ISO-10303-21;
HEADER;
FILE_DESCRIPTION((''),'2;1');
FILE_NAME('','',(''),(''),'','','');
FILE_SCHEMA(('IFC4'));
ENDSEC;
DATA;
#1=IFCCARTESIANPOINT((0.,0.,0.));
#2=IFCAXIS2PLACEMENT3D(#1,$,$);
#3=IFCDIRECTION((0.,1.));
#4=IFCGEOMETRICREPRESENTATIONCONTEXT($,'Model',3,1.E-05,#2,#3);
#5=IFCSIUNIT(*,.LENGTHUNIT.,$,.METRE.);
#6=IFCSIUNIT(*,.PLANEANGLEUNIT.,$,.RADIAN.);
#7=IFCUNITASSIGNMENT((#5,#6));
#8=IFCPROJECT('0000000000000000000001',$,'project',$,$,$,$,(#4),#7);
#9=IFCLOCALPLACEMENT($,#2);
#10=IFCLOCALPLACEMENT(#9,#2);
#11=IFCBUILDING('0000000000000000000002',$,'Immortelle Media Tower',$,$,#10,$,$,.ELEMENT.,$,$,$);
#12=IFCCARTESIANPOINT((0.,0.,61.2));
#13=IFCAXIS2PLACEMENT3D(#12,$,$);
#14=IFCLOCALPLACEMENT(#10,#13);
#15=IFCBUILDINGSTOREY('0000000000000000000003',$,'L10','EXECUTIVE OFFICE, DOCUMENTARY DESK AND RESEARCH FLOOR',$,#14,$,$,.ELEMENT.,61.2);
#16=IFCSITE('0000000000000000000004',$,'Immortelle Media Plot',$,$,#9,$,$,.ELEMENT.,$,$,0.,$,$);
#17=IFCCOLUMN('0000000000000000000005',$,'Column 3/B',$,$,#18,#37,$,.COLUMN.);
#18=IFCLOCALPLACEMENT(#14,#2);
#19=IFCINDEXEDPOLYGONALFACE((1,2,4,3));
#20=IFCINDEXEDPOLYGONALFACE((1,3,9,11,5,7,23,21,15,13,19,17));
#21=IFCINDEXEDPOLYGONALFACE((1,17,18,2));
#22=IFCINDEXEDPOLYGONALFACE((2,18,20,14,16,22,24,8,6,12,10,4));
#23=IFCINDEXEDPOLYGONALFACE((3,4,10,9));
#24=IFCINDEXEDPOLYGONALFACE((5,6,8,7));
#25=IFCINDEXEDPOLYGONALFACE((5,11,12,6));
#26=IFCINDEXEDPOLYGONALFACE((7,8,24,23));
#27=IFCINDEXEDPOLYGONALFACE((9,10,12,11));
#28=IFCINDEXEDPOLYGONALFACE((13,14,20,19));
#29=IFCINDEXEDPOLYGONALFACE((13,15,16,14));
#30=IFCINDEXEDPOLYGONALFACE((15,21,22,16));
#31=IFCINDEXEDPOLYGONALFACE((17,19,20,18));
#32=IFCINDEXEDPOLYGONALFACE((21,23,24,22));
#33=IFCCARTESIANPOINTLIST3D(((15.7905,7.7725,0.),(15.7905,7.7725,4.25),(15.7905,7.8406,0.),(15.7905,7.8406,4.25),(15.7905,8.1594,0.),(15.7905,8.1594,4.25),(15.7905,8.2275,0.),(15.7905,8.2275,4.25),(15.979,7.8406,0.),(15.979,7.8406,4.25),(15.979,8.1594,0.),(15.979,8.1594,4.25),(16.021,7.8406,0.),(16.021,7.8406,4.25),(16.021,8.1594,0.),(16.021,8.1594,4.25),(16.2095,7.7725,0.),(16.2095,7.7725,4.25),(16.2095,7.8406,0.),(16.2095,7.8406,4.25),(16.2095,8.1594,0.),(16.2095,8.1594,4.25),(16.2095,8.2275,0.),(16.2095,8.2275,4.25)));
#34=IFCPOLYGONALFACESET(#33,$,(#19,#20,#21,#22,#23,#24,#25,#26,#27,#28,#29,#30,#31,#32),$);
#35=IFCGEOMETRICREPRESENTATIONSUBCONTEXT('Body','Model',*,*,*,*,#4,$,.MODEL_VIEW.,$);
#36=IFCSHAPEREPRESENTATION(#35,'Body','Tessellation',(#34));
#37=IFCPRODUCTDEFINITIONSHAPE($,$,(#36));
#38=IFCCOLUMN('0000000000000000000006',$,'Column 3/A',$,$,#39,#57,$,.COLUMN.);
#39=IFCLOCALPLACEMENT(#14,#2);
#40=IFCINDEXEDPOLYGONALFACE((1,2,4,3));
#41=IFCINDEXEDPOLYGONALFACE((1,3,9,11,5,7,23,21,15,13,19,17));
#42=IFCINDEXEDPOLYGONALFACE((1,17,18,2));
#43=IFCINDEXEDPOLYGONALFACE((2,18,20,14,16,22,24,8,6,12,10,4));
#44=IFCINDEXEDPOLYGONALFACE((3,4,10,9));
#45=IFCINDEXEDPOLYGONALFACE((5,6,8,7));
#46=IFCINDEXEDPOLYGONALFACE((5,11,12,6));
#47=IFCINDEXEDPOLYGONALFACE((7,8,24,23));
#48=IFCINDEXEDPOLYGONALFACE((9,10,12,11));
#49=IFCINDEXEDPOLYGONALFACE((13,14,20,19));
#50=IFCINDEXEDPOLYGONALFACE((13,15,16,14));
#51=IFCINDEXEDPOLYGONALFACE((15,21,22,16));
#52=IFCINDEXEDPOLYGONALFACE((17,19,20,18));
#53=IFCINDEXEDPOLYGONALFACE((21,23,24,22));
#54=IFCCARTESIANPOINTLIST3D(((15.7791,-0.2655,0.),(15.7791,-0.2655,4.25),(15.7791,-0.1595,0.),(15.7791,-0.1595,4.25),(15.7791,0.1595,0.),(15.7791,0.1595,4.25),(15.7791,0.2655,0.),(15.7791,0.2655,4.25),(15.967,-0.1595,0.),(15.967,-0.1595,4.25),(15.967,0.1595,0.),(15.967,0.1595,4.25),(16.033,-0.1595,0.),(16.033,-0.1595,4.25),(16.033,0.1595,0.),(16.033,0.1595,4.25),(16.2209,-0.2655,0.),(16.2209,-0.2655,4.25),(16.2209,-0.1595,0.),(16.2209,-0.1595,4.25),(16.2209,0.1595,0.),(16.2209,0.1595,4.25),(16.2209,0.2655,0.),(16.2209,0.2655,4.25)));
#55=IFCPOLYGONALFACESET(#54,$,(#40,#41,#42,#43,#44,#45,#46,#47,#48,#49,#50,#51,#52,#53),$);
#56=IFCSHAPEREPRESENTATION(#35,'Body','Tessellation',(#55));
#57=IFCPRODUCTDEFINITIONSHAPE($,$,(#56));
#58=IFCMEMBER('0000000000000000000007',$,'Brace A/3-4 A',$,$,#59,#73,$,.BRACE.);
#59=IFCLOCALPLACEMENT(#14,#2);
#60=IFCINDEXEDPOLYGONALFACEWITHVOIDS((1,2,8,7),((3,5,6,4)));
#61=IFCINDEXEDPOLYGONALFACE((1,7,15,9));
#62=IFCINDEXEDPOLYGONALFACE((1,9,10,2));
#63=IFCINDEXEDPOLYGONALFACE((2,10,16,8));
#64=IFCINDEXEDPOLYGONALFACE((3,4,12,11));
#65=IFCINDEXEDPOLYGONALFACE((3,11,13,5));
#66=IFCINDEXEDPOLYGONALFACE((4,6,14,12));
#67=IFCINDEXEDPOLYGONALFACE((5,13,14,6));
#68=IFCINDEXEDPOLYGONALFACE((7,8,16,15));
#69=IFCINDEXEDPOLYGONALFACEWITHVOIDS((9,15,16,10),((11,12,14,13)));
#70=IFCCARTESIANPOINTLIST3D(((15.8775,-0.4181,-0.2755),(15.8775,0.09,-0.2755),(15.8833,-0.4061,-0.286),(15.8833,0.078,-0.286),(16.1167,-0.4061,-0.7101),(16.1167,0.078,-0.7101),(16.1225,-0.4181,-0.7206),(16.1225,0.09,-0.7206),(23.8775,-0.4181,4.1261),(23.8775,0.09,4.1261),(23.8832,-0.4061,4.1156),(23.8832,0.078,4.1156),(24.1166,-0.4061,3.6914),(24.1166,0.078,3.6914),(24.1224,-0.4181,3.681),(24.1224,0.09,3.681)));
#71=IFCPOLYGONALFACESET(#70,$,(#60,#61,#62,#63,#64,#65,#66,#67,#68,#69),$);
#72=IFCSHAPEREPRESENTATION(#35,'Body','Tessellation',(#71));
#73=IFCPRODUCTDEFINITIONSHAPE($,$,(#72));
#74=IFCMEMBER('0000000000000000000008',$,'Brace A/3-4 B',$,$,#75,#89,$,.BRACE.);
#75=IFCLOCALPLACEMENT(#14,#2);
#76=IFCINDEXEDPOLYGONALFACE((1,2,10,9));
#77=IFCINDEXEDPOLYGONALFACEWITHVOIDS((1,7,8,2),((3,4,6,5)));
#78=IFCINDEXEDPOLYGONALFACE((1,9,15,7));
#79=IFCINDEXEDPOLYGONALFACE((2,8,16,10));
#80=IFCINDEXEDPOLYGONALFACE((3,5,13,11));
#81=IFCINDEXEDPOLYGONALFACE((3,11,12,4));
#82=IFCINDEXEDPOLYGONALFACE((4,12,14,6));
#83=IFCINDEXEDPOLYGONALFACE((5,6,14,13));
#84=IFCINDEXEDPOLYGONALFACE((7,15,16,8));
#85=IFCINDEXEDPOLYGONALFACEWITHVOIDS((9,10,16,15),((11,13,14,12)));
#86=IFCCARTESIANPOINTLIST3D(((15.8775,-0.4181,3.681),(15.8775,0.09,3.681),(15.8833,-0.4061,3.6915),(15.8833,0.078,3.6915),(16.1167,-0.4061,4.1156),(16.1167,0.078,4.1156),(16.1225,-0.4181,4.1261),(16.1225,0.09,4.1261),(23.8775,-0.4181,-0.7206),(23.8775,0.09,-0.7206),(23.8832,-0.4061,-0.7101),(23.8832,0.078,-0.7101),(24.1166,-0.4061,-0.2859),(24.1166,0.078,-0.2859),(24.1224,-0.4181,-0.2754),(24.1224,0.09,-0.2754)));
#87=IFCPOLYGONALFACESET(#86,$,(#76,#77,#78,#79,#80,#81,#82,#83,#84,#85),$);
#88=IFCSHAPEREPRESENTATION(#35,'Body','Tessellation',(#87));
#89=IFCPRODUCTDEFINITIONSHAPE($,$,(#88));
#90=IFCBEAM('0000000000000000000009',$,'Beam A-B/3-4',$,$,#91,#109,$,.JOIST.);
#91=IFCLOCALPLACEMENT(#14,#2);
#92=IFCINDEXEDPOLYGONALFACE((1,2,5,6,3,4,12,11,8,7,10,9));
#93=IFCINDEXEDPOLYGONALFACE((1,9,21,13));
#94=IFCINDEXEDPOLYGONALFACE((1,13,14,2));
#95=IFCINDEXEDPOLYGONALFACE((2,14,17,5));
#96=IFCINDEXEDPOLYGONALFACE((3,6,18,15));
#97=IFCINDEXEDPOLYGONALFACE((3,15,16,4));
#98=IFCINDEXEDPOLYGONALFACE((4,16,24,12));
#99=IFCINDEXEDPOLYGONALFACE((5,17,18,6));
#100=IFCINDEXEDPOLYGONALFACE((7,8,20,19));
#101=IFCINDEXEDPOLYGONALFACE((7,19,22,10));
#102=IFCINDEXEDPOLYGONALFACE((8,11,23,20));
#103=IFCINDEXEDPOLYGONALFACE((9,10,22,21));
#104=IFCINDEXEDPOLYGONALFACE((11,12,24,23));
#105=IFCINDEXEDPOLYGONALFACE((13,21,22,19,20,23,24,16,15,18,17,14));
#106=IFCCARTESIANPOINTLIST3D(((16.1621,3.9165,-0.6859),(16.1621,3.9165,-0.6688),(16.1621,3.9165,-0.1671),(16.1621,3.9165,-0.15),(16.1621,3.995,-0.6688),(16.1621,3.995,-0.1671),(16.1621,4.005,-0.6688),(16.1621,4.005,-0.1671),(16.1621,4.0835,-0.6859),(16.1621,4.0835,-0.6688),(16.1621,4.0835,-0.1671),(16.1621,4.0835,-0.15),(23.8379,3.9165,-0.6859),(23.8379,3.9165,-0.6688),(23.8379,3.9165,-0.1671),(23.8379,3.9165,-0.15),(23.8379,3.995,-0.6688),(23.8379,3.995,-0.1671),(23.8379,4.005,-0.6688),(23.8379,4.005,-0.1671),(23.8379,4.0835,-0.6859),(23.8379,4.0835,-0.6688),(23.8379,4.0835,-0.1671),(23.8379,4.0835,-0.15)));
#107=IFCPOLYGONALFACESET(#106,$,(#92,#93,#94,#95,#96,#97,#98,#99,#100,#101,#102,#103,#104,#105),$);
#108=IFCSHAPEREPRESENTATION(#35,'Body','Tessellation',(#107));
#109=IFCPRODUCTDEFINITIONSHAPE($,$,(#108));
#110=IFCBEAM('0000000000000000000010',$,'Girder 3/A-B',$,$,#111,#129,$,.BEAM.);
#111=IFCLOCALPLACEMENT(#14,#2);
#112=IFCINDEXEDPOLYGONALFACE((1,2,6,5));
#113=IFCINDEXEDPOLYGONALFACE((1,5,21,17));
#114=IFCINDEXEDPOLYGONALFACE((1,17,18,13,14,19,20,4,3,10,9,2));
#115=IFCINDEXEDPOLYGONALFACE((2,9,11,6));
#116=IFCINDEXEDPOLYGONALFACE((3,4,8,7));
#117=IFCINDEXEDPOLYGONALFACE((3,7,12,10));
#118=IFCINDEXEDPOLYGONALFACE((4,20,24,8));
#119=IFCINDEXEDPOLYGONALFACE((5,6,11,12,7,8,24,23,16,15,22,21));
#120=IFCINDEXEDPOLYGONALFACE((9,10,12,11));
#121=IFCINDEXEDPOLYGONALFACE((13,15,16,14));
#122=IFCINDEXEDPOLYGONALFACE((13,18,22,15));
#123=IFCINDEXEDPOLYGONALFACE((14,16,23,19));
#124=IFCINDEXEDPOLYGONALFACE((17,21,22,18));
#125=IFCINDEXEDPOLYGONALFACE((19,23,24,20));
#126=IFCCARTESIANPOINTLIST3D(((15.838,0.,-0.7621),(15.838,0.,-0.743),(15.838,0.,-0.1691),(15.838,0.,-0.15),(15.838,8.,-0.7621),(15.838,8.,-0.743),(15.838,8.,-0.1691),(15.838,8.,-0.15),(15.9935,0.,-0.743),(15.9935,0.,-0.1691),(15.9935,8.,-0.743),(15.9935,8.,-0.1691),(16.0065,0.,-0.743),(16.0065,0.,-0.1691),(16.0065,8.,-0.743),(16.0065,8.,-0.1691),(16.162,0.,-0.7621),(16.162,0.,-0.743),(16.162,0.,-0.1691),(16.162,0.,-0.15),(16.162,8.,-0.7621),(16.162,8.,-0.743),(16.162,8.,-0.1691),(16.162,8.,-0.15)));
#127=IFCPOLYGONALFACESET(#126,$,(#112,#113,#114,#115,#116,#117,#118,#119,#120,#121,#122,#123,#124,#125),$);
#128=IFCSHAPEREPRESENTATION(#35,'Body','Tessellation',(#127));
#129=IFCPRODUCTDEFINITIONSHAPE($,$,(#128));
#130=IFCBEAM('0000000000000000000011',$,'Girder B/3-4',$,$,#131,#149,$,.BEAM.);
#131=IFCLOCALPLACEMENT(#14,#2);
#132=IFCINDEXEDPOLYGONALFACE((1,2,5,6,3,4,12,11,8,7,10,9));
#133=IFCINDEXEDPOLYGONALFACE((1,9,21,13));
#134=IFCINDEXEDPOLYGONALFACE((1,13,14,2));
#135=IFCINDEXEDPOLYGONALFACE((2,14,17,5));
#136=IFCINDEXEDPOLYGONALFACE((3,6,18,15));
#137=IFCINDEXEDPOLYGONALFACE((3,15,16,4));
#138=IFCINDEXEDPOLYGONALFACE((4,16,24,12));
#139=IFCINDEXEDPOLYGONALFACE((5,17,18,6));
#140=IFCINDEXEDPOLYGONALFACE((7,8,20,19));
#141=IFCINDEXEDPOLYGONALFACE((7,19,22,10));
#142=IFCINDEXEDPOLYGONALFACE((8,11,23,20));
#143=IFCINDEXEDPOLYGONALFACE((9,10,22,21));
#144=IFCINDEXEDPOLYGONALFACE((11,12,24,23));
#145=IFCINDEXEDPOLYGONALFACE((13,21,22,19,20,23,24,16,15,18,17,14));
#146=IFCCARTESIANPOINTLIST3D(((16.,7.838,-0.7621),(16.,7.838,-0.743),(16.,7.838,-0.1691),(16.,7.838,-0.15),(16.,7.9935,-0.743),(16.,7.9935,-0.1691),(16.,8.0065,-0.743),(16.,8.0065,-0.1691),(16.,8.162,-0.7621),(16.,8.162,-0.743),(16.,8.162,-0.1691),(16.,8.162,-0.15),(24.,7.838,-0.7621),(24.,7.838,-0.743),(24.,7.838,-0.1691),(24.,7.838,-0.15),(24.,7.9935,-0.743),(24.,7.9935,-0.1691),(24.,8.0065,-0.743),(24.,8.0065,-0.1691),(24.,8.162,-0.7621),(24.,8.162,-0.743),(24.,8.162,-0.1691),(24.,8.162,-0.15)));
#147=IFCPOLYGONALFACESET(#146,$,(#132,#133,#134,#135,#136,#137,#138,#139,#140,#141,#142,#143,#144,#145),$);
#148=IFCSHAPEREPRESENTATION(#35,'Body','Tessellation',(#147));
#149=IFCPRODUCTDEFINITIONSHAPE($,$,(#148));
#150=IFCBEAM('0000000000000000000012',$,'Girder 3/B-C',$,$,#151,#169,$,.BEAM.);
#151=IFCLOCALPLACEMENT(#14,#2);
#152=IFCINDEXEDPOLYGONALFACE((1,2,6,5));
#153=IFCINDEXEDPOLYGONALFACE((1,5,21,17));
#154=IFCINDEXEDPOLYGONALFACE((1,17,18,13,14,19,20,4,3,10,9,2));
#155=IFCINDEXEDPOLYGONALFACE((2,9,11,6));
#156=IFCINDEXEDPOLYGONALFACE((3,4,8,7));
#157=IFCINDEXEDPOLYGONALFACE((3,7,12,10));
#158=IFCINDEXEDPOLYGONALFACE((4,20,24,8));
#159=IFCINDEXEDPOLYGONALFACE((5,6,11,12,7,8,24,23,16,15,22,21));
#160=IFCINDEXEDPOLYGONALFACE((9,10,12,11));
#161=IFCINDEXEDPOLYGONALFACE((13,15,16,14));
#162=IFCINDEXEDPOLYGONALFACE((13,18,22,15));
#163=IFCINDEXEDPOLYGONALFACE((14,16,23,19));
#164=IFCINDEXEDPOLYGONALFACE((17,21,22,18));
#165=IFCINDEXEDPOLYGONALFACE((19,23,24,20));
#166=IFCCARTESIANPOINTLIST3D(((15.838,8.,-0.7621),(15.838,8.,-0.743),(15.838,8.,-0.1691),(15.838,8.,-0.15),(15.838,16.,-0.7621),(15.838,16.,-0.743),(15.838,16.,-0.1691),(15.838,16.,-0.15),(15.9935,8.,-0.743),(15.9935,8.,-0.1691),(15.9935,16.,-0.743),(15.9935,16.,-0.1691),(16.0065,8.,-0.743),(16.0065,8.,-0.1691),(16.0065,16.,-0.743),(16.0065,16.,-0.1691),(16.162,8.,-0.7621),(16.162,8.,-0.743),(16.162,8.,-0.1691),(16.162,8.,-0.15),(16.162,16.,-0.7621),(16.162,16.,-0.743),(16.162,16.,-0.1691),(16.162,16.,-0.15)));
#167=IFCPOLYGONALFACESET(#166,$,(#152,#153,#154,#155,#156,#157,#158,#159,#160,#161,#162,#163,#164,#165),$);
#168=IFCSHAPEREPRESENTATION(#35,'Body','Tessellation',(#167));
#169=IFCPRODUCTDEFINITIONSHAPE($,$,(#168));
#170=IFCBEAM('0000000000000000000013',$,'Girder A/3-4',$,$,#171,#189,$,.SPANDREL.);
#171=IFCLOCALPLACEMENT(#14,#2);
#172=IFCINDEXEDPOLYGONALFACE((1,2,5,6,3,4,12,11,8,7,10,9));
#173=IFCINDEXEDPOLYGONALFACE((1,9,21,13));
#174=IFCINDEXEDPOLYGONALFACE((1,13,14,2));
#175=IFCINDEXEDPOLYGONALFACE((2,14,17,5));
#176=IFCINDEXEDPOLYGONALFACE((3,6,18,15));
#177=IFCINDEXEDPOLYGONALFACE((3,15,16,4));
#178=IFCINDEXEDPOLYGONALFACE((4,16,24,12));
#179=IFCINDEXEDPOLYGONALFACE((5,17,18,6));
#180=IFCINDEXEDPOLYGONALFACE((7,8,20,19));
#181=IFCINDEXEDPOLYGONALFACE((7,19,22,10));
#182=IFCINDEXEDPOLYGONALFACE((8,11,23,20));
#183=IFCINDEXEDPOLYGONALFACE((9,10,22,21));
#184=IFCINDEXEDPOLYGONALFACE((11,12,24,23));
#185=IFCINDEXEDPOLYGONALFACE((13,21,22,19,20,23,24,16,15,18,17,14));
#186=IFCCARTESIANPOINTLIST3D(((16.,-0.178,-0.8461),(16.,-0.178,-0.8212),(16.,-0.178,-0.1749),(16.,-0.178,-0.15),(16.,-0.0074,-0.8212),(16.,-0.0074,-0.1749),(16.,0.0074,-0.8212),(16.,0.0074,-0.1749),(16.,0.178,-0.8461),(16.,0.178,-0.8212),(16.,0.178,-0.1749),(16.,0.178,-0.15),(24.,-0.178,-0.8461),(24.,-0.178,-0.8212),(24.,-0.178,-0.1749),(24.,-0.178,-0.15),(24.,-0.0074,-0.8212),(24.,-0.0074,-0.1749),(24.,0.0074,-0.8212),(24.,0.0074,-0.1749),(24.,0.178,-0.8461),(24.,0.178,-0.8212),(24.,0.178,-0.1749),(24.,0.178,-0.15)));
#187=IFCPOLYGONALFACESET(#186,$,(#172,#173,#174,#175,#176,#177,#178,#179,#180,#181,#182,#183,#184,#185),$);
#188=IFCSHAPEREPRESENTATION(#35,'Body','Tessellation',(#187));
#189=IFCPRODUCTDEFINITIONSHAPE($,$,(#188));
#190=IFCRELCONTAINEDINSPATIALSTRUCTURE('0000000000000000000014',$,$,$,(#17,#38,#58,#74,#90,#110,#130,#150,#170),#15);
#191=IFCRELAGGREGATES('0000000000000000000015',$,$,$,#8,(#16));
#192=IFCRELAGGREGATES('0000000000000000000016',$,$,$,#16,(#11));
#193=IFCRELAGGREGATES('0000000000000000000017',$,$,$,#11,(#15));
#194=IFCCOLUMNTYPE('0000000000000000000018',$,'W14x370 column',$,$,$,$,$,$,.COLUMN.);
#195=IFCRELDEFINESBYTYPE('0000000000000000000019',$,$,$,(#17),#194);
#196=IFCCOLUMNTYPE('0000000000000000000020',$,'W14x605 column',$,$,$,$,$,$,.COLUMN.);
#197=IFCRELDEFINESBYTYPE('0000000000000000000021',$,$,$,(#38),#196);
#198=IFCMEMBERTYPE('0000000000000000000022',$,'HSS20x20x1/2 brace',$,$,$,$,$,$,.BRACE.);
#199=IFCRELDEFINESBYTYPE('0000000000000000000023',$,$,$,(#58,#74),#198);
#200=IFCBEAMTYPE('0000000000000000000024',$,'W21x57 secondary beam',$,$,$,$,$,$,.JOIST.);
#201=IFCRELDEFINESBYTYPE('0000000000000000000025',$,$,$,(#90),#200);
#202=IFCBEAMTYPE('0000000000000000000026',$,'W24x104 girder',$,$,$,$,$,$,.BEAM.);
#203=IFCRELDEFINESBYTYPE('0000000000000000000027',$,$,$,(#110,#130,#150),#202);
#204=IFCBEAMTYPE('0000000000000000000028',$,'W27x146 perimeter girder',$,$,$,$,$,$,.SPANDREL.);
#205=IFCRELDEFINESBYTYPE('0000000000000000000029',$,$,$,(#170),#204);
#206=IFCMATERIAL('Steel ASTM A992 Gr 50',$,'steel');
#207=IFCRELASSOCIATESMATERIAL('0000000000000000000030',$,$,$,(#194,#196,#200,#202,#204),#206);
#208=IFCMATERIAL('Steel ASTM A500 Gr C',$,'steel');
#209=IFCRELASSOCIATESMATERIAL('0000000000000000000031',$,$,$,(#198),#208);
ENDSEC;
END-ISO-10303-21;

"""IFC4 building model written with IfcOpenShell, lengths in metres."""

from ifc_helpers import new_model, si_unit, direction, frame, origin, origin_2d, place, context, subcontext, project, spatial, hollow_rectangle, i_section, extrude, material, material_profile, profile_set, type_object, element, save


model = new_model("IFC4")

# Units and contexts
model_context = context("Model", 3, precision=1e-05, world=origin(), true_north=direction((0.0, 1.0)))
body_context = subcontext(model_context, "Body", "Model", "MODEL_VIEW")
ifc_project = project(units=[si_unit("LENGTHUNIT", "METRE"), si_unit("PLANEANGLEUNIT", "RADIAN")], contexts=[model_context])

# Site, building, storey
site_placement = place(None, origin())
site = spatial("IfcSite", under=ifc_project, at=site_placement, Name="Immortelle Media Plot", CompositionType="ELEMENT", RefElevation=0.0)
building_placement = place(site_placement, origin())
building = spatial("IfcBuilding", under=site, at=building_placement, Name="Immortelle Media Tower", CompositionType="ELEMENT")
storey_placement = place(building_placement, frame((0.0, 0.0, 61.2)))
storey = spatial("IfcBuildingStorey", under=building, at=storey_placement, Name="L10", Description="EXECUTIVE OFFICE, DOCUMENTARY DESK AND RESEARCH FLOOR", CompositionType="ELEMENT", Elevation=61.2)

# Columns
ifc_material_1 = material(Name="Steel ASTM A992 Gr 50", Category="steel")
ifc_material_profile_1 = material_profile(ifc_material_1, i_section(OverallWidth=0.4189, OverallDepth=0.4551, WebThickness=0.042, FlangeThickness=0.0681, at=origin_2d()), Name="W14x370")
ifc_profile_set_1 = profile_set([ifc_material_profile_1], Name="Steel ASTM A992 Gr 50")
column_type_1 = type_object("IfcColumnType", Name="W14x370 column", PredefinedType="COLUMN", material=ifc_profile_set_1)
column_1_placement = place(storey_placement, frame((16.0, 8.0, 0.0), z_axis=(0.0, 0.0, 1.0), x_axis=(1.0, 0.0, 0.0)))
element("IfcColumn", 1, at=column_1_placement, inside=storey, type_object=column_type_1, Name="Column 3/B", PredefinedType="COLUMN", context=body_context, shape_type="SweptSolid", body=[
    extrude(i_section(OverallWidth=0.4189, OverallDepth=0.4551, WebThickness=0.042, FlangeThickness=0.0681, at=origin_2d()), origin(), (0.0, 0.0, 1.0), 4.25),
])
ifc_material_profile_2 = material_profile(ifc_material_1, i_section(OverallWidth=0.4419, OverallDepth=0.531, WebThickness=0.0659, FlangeThickness=0.106, at=origin_2d()), Name="W14x605")
ifc_profile_set_2 = profile_set([ifc_material_profile_2], Name="Steel ASTM A992 Gr 50")
column_type_2 = type_object("IfcColumnType", Name="W14x605 column", PredefinedType="COLUMN", material=ifc_profile_set_2)
column_2_placement = place(storey_placement, frame((16.0, 0.0, 0.0), z_axis=(0.0, 0.0, 1.0), x_axis=(1.0, 0.0, 0.0)))
element("IfcColumn", 2, at=column_2_placement, inside=storey, type_object=column_type_2, Name="Column 3/A", PredefinedType="COLUMN", context=body_context, shape_type="SweptSolid", body=[
    extrude(i_section(OverallWidth=0.4419, OverallDepth=0.531, WebThickness=0.0659, FlangeThickness=0.106, at=origin_2d()), origin(), (0.0, 0.0, 1.0), 4.25),
])

# Members
ifc_material_2 = material(Name="Steel ASTM A500 Gr C", Category="steel")
ifc_material_profile_3 = material_profile(ifc_material_2, hollow_rectangle(XDim=0.5081, YDim=0.5081, WallThickness=0.012, at=origin_2d()), Name="HSS20x20x1/2 brace")
ifc_profile_set_3 = profile_set([ifc_material_profile_3], Name="Steel ASTM A500 Gr C")
member_type = type_object("IfcMemberType", Name="HSS20x20x1/2 brace", PredefinedType="BRACE", material=ifc_profile_set_3)
for number, where, z_axis, x_axis, name in (
    (3, (16.0, -0.1641, -0.498), (0.876141, 0.0, 0.482054), (0.0, 1.0, 0.0), "Brace A/3-4 A"),
    (4, (16.0, -0.1641, 3.9036), (0.876141, 0.0, -0.482054), (0.0, 1.0, 0.0), "Brace A/3-4 B"),
):
    element("IfcMember", number, at=place(storey_placement, frame(where, z_axis=z_axis, x_axis=x_axis)), inside=storey, type_object=member_type, Name=name, PredefinedType="BRACE", context=body_context, shape_type="SweptSolid", body=[
        extrude(hollow_rectangle(XDim=0.5081, YDim=0.5081, WallThickness=0.012, at=origin_2d()), origin(), (0.0, 0.0, 1.0), 9.1309),
    ])

# Beams
ifc_material_profile_4 = material_profile(ifc_material_1, i_section(OverallWidth=0.167, OverallDepth=0.5359, WebThickness=0.01, FlangeThickness=0.0171, at=origin_2d()), Name="W21x57")
ifc_profile_set_4 = profile_set([ifc_material_profile_4], Name="Steel ASTM A992 Gr 50")
beam_type_1 = type_object("IfcBeamType", Name="W21x57 secondary beam", PredefinedType="JOIST", material=ifc_profile_set_4)
beam_1_placement = place(storey_placement, frame((16.1621, 4.0, -0.418), z_axis=(1.0, 0.0, 0.0), x_axis=(0.0, 1.0, 0.0)))
element("IfcBeam", 5, at=beam_1_placement, inside=storey, type_object=beam_type_1, Name="Beam A-B/3-4", PredefinedType="JOIST", context=body_context, shape_type="SweptSolid", body=[
    extrude(i_section(OverallWidth=0.167, OverallDepth=0.5359, WebThickness=0.01, FlangeThickness=0.0171, at=origin_2d()), origin(), (0.0, 0.0, 1.0), 7.6758),
])
ifc_material_profile_5 = material_profile(ifc_material_1, i_section(OverallWidth=0.324, OverallDepth=0.6121, WebThickness=0.0129, FlangeThickness=0.019, at=origin_2d()), Name="W24x104")
ifc_profile_set_5 = profile_set([ifc_material_profile_5], Name="Steel ASTM A992 Gr 50")
beam_type_2 = type_object("IfcBeamType", Name="W24x104 girder", PredefinedType="BEAM", material=ifc_profile_set_5)
for number, where, z_axis, x_axis, name in (
    (6, (16.0, 0.0, -0.4561), (0.0, 1.0, 0.0), (-1.0, 0.0, 0.0), "Girder 3/A-B"),
    (7, (16.0, 8.0, -0.4561), (1.0, 0.0, 0.0), (0.0, 1.0, 0.0), "Girder B/3-4"),
    (8, (16.0, 8.0, -0.4561), (0.0, 1.0, 0.0), (-1.0, 0.0, 0.0), "Girder 3/B-C"),
):
    element("IfcBeam", number, at=place(storey_placement, frame(where, z_axis=z_axis, x_axis=x_axis)), inside=storey, type_object=beam_type_2, Name=name, PredefinedType="BEAM", context=body_context, shape_type="SweptSolid", body=[
        extrude(i_section(OverallWidth=0.324, OverallDepth=0.6121, WebThickness=0.0129, FlangeThickness=0.019, at=origin_2d()), origin(), (0.0, 0.0, 1.0), 8.0),
    ])
ifc_material_profile_6 = material_profile(ifc_material_1, i_section(OverallWidth=0.356, OverallDepth=0.696, WebThickness=0.0149, FlangeThickness=0.0249, at=origin_2d()), Name="W27x146")
ifc_profile_set_6 = profile_set([ifc_material_profile_6], Name="Steel ASTM A992 Gr 50")
beam_type_3 = type_object("IfcBeamType", Name="W27x146 perimeter girder", PredefinedType="SPANDREL", material=ifc_profile_set_6)
beam_2_placement = place(storey_placement, frame((16.0, 0.0, -0.498), z_axis=(1.0, 0.0, 0.0), x_axis=(0.0, 1.0, 0.0)))
element("IfcBeam", 9, at=beam_2_placement, inside=storey, type_object=beam_type_3, Name="Girder A/3-4", PredefinedType="SPANDREL", context=body_context, shape_type="SweptSolid", body=[
    extrude(i_section(OverallWidth=0.356, OverallDepth=0.696, WebThickness=0.0149, FlangeThickness=0.0249, at=origin_2d()), origin(), (0.0, 0.0, 1.0), 8.0),
])

save(model, "model.ifc")
